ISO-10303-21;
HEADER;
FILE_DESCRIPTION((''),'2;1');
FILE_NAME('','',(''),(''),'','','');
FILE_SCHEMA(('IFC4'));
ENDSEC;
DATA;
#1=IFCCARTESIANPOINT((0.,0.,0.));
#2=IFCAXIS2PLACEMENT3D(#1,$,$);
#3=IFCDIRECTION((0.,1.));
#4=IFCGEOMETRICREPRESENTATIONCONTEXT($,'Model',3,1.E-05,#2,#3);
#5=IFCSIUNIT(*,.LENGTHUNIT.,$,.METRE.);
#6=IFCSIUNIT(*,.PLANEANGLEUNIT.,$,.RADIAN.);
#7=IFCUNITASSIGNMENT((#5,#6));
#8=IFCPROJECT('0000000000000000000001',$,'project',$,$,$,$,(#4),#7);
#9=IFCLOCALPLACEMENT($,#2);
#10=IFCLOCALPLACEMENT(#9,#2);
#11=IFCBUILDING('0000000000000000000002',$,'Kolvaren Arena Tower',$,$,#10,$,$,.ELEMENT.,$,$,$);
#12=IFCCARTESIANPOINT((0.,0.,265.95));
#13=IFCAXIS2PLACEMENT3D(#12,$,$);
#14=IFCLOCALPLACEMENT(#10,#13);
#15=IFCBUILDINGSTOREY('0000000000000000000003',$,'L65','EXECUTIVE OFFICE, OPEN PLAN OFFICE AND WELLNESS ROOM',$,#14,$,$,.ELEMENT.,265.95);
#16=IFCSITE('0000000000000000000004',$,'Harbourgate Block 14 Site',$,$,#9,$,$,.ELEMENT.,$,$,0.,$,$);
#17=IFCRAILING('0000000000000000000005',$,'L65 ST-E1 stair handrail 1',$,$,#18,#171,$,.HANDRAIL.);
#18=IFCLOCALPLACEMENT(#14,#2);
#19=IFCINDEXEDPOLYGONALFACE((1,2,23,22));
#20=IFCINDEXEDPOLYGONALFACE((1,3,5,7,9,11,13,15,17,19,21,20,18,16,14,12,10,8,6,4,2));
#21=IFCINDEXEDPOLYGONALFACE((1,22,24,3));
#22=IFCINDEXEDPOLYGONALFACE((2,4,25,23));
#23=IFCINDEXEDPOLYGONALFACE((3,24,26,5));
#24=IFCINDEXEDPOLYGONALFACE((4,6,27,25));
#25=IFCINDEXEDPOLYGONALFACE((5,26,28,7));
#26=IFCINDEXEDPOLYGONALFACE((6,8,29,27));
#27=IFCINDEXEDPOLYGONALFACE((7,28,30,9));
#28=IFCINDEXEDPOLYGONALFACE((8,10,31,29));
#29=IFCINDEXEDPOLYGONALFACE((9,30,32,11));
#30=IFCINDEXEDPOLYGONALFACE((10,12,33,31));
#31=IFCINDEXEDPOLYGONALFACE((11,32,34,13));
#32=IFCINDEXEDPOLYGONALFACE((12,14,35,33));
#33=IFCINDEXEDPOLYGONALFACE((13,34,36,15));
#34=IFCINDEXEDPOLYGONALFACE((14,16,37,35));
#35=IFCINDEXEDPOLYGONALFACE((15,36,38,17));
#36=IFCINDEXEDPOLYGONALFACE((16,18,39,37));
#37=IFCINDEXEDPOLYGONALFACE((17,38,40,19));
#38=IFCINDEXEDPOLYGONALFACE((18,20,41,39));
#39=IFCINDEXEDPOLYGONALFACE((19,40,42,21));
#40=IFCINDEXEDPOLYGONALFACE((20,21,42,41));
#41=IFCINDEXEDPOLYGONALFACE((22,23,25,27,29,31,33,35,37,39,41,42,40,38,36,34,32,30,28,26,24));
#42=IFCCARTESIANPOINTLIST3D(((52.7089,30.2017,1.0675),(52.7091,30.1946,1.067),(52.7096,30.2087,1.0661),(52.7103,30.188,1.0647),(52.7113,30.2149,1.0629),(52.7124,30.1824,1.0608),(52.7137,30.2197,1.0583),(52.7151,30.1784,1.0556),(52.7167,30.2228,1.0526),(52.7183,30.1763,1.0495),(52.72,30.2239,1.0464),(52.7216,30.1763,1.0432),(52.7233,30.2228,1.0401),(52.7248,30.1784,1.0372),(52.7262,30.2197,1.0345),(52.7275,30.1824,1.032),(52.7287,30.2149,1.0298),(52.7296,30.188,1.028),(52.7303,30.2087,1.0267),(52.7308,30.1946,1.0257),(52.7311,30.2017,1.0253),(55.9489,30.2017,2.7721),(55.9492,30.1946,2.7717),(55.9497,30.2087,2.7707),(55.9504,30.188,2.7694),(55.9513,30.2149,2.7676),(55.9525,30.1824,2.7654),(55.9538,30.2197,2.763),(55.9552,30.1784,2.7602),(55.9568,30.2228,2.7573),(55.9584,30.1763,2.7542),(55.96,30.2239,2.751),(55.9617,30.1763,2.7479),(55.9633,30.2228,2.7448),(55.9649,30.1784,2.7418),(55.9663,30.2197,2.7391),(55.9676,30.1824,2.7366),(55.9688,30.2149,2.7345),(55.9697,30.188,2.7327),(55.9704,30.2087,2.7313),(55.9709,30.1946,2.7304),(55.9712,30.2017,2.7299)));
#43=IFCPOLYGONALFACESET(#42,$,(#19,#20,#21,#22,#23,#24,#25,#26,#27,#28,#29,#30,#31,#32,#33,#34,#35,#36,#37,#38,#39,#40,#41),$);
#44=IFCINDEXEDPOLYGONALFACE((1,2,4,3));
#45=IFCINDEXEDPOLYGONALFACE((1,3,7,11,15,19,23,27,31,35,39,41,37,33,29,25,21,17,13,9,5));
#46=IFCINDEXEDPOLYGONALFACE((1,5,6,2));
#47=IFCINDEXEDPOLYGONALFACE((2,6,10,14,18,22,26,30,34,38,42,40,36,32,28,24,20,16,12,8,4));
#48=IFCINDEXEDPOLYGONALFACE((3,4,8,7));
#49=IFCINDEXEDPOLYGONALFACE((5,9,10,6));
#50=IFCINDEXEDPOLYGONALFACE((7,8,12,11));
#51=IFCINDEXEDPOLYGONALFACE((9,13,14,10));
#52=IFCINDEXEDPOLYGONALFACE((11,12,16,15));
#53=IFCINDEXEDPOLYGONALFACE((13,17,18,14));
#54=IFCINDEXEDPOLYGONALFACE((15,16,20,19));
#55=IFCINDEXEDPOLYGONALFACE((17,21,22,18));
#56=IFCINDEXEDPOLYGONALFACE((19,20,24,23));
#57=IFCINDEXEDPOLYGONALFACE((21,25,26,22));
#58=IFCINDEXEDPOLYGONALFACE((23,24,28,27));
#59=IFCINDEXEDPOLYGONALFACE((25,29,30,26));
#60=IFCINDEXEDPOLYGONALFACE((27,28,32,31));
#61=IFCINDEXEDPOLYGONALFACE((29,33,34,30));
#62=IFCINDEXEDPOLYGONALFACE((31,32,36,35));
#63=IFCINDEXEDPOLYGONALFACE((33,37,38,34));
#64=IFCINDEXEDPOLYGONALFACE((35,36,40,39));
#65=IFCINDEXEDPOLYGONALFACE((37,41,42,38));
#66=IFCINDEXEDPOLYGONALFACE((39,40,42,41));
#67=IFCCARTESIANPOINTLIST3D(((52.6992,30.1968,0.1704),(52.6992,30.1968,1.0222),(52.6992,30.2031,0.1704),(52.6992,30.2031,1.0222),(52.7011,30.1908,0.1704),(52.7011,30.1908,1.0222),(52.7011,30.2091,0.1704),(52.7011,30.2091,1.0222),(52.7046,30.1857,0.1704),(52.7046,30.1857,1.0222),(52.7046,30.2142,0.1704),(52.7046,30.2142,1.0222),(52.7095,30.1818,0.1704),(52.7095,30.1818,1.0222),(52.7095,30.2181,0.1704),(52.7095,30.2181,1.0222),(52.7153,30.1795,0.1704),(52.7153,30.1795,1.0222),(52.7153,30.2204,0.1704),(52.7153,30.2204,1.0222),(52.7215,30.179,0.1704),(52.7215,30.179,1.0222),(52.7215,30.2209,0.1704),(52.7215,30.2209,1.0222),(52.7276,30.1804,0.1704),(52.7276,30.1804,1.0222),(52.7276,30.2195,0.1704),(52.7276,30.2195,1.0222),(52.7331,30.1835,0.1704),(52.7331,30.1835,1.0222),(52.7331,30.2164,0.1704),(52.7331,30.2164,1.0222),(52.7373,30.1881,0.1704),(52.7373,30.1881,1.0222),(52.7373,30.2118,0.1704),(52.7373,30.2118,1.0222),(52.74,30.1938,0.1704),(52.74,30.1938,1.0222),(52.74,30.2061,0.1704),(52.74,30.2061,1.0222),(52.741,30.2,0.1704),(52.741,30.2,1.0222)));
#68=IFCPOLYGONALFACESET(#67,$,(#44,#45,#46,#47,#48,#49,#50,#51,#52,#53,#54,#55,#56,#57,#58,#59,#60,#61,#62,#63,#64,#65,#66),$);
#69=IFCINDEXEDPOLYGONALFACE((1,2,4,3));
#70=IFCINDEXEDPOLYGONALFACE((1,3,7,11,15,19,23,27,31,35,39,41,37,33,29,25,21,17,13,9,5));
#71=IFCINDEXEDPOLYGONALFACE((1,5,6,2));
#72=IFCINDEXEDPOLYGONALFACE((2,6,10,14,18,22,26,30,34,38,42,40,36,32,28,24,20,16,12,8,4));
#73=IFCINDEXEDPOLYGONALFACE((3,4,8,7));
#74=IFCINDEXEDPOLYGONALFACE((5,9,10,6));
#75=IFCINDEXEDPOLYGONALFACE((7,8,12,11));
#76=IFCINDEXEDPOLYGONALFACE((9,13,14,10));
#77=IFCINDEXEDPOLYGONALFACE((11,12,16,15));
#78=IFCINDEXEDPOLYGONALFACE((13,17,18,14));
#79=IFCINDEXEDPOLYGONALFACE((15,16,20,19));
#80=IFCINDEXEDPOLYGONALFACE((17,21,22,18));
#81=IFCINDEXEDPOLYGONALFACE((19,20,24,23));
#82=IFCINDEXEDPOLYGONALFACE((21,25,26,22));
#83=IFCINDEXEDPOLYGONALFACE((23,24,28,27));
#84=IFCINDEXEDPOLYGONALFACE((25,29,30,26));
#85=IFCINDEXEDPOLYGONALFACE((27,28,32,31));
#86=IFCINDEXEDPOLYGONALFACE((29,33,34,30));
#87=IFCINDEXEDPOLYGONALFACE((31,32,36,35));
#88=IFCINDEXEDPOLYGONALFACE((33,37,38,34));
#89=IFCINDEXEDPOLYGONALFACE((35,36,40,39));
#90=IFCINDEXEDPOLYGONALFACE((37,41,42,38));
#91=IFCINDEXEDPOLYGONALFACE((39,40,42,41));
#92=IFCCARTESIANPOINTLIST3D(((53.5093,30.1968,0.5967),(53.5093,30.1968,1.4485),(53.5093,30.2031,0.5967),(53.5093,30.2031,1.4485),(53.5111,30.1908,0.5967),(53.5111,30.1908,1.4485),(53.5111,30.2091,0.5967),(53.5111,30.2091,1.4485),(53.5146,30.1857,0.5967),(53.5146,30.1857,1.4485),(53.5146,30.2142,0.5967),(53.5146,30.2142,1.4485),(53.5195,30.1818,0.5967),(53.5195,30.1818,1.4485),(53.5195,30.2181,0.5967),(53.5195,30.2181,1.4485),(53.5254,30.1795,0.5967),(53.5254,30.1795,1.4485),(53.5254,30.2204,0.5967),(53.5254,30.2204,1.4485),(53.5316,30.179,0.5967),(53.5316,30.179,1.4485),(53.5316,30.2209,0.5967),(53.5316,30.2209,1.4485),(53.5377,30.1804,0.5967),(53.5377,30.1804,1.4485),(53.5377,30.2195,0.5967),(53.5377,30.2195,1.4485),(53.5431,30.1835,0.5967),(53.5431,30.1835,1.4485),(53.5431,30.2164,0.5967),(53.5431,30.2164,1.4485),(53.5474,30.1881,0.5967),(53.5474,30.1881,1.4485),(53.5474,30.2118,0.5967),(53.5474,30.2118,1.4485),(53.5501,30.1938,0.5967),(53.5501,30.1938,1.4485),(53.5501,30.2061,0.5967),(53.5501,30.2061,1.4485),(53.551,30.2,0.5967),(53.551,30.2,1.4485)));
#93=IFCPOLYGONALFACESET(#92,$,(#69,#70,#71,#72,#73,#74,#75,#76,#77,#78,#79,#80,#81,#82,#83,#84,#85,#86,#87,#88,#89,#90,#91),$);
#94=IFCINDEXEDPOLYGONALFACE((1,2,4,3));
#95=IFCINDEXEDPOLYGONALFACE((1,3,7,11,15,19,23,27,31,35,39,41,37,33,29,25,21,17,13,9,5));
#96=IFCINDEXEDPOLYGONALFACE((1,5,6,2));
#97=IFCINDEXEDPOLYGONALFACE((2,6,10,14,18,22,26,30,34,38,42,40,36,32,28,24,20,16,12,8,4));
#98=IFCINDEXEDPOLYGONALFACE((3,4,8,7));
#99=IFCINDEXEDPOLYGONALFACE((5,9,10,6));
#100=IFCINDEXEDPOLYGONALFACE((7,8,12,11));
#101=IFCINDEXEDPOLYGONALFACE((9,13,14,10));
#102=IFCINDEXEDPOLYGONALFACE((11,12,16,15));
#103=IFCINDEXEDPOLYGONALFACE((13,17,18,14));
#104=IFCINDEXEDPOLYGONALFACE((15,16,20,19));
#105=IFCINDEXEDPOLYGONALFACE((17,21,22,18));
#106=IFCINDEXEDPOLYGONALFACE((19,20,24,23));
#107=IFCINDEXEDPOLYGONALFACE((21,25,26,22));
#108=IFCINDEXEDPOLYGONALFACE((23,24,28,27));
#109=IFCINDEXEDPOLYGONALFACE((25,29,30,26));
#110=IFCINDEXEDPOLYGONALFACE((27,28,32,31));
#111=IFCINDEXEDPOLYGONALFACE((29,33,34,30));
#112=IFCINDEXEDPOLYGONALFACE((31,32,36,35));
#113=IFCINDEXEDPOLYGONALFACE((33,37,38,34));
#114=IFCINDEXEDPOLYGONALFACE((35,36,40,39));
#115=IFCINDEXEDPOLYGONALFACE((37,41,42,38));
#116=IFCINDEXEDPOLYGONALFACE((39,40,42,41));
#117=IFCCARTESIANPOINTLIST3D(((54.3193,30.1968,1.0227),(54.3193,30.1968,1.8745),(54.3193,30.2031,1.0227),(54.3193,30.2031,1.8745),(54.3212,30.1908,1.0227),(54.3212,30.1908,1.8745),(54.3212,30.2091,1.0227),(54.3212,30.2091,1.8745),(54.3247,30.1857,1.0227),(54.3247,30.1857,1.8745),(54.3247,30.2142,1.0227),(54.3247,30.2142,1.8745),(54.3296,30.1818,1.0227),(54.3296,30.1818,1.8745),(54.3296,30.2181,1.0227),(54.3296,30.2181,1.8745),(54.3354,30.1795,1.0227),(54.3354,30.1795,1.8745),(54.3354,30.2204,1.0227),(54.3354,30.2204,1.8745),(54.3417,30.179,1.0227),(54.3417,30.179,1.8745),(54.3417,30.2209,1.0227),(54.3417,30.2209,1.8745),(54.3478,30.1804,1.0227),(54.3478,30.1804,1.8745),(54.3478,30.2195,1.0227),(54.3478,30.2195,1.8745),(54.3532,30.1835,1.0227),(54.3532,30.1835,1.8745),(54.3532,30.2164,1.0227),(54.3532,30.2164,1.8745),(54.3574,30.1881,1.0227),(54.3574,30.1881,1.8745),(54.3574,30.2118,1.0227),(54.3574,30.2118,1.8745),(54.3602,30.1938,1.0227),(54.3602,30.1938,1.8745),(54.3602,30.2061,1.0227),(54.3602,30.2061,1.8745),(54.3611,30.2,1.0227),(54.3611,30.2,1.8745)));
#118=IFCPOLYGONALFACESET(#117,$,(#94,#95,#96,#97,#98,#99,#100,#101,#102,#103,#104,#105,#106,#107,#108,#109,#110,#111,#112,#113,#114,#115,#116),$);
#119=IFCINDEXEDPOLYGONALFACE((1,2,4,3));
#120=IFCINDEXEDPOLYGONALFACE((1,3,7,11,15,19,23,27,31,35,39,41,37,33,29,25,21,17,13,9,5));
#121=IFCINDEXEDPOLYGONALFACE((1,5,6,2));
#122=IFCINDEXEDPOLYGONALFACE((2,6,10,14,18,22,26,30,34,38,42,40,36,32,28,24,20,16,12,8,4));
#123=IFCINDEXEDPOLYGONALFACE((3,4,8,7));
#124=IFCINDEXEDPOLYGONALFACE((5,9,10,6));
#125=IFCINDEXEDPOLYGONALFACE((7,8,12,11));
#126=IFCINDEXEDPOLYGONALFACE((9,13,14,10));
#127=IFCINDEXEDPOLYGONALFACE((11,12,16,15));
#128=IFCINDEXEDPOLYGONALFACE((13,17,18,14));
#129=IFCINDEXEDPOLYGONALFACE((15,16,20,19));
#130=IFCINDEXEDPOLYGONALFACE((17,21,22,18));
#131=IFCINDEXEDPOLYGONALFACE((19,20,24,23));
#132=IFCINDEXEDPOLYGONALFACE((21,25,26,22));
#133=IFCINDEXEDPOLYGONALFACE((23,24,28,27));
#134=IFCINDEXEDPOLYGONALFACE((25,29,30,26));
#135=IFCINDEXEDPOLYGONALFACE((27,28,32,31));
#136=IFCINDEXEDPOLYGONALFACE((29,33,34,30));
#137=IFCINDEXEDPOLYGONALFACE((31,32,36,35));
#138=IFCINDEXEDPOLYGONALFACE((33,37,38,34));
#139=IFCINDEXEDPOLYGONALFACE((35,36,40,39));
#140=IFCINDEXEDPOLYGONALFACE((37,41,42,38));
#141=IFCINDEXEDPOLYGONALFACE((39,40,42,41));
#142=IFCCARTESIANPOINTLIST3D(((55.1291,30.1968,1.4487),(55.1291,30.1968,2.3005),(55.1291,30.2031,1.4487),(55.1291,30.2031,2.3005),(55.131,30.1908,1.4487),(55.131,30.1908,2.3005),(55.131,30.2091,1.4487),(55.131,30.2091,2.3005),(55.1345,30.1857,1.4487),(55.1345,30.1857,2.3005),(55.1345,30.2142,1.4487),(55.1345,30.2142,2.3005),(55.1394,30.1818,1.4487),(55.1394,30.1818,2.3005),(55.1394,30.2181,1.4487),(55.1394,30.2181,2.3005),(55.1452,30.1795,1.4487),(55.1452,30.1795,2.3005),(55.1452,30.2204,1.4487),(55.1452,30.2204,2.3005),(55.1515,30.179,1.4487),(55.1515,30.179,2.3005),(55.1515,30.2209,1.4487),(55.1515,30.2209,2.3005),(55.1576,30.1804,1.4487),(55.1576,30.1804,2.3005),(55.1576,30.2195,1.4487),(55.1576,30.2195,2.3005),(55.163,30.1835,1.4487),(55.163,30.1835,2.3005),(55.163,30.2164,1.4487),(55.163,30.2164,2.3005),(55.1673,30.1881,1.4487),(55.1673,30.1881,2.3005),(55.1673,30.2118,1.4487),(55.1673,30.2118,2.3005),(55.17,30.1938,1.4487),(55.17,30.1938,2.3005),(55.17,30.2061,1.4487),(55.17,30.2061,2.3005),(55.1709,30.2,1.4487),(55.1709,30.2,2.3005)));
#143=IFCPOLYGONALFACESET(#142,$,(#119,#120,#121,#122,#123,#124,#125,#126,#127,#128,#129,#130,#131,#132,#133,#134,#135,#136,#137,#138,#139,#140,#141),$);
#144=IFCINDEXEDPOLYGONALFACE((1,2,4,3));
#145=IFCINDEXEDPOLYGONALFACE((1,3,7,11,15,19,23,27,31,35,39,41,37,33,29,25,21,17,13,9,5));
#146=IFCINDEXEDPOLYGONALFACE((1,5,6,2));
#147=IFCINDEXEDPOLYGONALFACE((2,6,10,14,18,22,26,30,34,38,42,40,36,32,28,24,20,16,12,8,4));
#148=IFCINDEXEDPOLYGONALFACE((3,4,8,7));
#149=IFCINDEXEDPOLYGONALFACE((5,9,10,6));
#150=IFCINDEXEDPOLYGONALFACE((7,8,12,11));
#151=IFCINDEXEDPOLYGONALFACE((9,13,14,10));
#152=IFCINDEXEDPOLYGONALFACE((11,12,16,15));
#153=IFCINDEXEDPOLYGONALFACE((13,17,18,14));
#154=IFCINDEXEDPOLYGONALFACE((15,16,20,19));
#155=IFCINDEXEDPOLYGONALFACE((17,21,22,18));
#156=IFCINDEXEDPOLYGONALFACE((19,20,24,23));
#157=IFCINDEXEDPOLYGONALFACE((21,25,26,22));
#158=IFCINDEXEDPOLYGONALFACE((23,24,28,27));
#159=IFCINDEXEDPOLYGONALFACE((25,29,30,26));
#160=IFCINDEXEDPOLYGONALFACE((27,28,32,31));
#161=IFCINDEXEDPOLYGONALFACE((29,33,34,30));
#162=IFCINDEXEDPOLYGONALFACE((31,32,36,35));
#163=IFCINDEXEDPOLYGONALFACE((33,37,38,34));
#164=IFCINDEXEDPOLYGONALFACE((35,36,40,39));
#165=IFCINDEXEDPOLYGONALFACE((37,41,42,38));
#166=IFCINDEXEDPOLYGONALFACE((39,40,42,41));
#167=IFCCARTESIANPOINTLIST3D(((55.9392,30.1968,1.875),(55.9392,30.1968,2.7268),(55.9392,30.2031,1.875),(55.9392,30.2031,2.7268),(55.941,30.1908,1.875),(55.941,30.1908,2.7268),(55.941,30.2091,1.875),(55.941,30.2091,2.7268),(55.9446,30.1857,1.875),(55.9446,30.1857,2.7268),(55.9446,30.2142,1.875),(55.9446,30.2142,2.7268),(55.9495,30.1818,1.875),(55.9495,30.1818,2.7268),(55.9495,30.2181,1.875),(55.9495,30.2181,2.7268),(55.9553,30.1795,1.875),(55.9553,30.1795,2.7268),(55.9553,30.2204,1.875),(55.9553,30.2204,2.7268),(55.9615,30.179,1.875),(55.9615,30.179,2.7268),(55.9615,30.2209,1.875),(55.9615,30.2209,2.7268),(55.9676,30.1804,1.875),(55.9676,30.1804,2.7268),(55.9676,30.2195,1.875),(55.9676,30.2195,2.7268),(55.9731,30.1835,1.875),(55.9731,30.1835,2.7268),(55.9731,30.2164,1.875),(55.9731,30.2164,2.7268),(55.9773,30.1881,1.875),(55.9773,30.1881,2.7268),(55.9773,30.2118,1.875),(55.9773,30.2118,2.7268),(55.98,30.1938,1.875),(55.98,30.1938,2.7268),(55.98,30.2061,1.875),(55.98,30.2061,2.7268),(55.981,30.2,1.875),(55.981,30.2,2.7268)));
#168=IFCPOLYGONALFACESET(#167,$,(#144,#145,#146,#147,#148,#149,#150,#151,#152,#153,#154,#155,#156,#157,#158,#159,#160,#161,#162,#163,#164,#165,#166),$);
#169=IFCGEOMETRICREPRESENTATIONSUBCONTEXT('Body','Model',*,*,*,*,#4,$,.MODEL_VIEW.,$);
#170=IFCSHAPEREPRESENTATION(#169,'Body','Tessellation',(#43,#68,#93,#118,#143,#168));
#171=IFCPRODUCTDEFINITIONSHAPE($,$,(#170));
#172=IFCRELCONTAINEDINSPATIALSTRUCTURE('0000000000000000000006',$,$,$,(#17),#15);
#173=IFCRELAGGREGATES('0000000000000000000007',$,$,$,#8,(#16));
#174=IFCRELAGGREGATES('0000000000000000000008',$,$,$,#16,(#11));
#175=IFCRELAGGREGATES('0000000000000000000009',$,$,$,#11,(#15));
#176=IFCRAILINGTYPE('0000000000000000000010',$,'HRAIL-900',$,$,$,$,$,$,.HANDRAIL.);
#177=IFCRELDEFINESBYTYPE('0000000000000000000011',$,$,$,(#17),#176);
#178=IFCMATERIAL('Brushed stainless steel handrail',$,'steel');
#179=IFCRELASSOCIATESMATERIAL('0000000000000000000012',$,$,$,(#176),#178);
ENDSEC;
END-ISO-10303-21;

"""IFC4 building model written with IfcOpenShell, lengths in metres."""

from ifc_helpers import new_model, si_unit, direction, frame, origin, origin_2d, place, context, subcontext, project, spatial, circle, extrude, material, type_object, element, save


model = new_model("IFC4")

# Units and contexts
model_context = context("Model", 3, precision=1e-05, world=origin(), true_north=direction((0.0, 1.0)))
body_context = subcontext(model_context, "Body", "Model", "MODEL_VIEW")
ifc_project = project(units=[si_unit("LENGTHUNIT", "METRE"), si_unit("PLANEANGLEUNIT", "RADIAN")], contexts=[model_context])

# Site, building, storey
site_placement = place(None, origin())
site = spatial("IfcSite", under=ifc_project, at=site_placement, Name="Harbourgate Block 14 Site", CompositionType="ELEMENT", RefElevation=0.0)
building_placement = place(site_placement, origin())
building = spatial("IfcBuilding", under=site, at=building_placement, Name="Kolvaren Arena Tower", CompositionType="ELEMENT")
storey_placement = place(building_placement, frame((0.0, 0.0, 265.95)))
storey = spatial("IfcBuildingStorey", under=building, at=storey_placement, Name="L65", Description="EXECUTIVE OFFICE, OPEN PLAN OFFICE AND WELLNESS ROOM", CompositionType="ELEMENT", Elevation=265.95)

# Railing
ifc_material_1 = material(Name="Brushed stainless steel handrail", Category="steel")
railing_type_1 = type_object("IfcRailingType", Name="HRAIL-900", PredefinedType="HANDRAIL", material=ifc_material_1)
for number, where, name in (
    (1, (52.72, 30.2, 0.1704), "L65 ST-E1 stair handrail 1"),
):
    element("IfcRailing", number, at=place(storey_placement, frame(where)), inside=storey, type_object=railing_type_1, Name=name, PredefinedType="HANDRAIL", context=body_context, shape_type="SweptSolid", body=[
        extrude(circle(Radius=0.0239, at=origin_2d()), frame((0.0, 0.0, 0.876), z_axis=(0.884993, 0.0, 0.465604), x_axis=(0.0, 1.0, 0.0)), (0.0, 0.0, 1.0), 3.6611),
        extrude(circle(Radius=0.021, at=origin_2d()), origin(), (0.0, 0.0, 1.0), 0.8518),
        extrude(circle(Radius=0.021, at=origin_2d()), frame((0.8101, 0.0, 0.4263)), (0.0, 0.0, 1.0), 0.8518),
        extrude(circle(Radius=0.021, at=origin_2d()), frame((1.6201, 0.0, 0.8523)), (0.0, 0.0, 1.0), 0.8518),
        extrude(circle(Radius=0.021, at=origin_2d()), frame((2.4299, 0.0, 1.2783)), (0.0, 0.0, 1.0), 0.8518),
        extrude(circle(Radius=0.021, at=origin_2d()), frame((3.24, 0.0, 1.7046)), (0.0, 0.0, 1.0), 0.8518),
    ])

save(model, "model.ifc")
